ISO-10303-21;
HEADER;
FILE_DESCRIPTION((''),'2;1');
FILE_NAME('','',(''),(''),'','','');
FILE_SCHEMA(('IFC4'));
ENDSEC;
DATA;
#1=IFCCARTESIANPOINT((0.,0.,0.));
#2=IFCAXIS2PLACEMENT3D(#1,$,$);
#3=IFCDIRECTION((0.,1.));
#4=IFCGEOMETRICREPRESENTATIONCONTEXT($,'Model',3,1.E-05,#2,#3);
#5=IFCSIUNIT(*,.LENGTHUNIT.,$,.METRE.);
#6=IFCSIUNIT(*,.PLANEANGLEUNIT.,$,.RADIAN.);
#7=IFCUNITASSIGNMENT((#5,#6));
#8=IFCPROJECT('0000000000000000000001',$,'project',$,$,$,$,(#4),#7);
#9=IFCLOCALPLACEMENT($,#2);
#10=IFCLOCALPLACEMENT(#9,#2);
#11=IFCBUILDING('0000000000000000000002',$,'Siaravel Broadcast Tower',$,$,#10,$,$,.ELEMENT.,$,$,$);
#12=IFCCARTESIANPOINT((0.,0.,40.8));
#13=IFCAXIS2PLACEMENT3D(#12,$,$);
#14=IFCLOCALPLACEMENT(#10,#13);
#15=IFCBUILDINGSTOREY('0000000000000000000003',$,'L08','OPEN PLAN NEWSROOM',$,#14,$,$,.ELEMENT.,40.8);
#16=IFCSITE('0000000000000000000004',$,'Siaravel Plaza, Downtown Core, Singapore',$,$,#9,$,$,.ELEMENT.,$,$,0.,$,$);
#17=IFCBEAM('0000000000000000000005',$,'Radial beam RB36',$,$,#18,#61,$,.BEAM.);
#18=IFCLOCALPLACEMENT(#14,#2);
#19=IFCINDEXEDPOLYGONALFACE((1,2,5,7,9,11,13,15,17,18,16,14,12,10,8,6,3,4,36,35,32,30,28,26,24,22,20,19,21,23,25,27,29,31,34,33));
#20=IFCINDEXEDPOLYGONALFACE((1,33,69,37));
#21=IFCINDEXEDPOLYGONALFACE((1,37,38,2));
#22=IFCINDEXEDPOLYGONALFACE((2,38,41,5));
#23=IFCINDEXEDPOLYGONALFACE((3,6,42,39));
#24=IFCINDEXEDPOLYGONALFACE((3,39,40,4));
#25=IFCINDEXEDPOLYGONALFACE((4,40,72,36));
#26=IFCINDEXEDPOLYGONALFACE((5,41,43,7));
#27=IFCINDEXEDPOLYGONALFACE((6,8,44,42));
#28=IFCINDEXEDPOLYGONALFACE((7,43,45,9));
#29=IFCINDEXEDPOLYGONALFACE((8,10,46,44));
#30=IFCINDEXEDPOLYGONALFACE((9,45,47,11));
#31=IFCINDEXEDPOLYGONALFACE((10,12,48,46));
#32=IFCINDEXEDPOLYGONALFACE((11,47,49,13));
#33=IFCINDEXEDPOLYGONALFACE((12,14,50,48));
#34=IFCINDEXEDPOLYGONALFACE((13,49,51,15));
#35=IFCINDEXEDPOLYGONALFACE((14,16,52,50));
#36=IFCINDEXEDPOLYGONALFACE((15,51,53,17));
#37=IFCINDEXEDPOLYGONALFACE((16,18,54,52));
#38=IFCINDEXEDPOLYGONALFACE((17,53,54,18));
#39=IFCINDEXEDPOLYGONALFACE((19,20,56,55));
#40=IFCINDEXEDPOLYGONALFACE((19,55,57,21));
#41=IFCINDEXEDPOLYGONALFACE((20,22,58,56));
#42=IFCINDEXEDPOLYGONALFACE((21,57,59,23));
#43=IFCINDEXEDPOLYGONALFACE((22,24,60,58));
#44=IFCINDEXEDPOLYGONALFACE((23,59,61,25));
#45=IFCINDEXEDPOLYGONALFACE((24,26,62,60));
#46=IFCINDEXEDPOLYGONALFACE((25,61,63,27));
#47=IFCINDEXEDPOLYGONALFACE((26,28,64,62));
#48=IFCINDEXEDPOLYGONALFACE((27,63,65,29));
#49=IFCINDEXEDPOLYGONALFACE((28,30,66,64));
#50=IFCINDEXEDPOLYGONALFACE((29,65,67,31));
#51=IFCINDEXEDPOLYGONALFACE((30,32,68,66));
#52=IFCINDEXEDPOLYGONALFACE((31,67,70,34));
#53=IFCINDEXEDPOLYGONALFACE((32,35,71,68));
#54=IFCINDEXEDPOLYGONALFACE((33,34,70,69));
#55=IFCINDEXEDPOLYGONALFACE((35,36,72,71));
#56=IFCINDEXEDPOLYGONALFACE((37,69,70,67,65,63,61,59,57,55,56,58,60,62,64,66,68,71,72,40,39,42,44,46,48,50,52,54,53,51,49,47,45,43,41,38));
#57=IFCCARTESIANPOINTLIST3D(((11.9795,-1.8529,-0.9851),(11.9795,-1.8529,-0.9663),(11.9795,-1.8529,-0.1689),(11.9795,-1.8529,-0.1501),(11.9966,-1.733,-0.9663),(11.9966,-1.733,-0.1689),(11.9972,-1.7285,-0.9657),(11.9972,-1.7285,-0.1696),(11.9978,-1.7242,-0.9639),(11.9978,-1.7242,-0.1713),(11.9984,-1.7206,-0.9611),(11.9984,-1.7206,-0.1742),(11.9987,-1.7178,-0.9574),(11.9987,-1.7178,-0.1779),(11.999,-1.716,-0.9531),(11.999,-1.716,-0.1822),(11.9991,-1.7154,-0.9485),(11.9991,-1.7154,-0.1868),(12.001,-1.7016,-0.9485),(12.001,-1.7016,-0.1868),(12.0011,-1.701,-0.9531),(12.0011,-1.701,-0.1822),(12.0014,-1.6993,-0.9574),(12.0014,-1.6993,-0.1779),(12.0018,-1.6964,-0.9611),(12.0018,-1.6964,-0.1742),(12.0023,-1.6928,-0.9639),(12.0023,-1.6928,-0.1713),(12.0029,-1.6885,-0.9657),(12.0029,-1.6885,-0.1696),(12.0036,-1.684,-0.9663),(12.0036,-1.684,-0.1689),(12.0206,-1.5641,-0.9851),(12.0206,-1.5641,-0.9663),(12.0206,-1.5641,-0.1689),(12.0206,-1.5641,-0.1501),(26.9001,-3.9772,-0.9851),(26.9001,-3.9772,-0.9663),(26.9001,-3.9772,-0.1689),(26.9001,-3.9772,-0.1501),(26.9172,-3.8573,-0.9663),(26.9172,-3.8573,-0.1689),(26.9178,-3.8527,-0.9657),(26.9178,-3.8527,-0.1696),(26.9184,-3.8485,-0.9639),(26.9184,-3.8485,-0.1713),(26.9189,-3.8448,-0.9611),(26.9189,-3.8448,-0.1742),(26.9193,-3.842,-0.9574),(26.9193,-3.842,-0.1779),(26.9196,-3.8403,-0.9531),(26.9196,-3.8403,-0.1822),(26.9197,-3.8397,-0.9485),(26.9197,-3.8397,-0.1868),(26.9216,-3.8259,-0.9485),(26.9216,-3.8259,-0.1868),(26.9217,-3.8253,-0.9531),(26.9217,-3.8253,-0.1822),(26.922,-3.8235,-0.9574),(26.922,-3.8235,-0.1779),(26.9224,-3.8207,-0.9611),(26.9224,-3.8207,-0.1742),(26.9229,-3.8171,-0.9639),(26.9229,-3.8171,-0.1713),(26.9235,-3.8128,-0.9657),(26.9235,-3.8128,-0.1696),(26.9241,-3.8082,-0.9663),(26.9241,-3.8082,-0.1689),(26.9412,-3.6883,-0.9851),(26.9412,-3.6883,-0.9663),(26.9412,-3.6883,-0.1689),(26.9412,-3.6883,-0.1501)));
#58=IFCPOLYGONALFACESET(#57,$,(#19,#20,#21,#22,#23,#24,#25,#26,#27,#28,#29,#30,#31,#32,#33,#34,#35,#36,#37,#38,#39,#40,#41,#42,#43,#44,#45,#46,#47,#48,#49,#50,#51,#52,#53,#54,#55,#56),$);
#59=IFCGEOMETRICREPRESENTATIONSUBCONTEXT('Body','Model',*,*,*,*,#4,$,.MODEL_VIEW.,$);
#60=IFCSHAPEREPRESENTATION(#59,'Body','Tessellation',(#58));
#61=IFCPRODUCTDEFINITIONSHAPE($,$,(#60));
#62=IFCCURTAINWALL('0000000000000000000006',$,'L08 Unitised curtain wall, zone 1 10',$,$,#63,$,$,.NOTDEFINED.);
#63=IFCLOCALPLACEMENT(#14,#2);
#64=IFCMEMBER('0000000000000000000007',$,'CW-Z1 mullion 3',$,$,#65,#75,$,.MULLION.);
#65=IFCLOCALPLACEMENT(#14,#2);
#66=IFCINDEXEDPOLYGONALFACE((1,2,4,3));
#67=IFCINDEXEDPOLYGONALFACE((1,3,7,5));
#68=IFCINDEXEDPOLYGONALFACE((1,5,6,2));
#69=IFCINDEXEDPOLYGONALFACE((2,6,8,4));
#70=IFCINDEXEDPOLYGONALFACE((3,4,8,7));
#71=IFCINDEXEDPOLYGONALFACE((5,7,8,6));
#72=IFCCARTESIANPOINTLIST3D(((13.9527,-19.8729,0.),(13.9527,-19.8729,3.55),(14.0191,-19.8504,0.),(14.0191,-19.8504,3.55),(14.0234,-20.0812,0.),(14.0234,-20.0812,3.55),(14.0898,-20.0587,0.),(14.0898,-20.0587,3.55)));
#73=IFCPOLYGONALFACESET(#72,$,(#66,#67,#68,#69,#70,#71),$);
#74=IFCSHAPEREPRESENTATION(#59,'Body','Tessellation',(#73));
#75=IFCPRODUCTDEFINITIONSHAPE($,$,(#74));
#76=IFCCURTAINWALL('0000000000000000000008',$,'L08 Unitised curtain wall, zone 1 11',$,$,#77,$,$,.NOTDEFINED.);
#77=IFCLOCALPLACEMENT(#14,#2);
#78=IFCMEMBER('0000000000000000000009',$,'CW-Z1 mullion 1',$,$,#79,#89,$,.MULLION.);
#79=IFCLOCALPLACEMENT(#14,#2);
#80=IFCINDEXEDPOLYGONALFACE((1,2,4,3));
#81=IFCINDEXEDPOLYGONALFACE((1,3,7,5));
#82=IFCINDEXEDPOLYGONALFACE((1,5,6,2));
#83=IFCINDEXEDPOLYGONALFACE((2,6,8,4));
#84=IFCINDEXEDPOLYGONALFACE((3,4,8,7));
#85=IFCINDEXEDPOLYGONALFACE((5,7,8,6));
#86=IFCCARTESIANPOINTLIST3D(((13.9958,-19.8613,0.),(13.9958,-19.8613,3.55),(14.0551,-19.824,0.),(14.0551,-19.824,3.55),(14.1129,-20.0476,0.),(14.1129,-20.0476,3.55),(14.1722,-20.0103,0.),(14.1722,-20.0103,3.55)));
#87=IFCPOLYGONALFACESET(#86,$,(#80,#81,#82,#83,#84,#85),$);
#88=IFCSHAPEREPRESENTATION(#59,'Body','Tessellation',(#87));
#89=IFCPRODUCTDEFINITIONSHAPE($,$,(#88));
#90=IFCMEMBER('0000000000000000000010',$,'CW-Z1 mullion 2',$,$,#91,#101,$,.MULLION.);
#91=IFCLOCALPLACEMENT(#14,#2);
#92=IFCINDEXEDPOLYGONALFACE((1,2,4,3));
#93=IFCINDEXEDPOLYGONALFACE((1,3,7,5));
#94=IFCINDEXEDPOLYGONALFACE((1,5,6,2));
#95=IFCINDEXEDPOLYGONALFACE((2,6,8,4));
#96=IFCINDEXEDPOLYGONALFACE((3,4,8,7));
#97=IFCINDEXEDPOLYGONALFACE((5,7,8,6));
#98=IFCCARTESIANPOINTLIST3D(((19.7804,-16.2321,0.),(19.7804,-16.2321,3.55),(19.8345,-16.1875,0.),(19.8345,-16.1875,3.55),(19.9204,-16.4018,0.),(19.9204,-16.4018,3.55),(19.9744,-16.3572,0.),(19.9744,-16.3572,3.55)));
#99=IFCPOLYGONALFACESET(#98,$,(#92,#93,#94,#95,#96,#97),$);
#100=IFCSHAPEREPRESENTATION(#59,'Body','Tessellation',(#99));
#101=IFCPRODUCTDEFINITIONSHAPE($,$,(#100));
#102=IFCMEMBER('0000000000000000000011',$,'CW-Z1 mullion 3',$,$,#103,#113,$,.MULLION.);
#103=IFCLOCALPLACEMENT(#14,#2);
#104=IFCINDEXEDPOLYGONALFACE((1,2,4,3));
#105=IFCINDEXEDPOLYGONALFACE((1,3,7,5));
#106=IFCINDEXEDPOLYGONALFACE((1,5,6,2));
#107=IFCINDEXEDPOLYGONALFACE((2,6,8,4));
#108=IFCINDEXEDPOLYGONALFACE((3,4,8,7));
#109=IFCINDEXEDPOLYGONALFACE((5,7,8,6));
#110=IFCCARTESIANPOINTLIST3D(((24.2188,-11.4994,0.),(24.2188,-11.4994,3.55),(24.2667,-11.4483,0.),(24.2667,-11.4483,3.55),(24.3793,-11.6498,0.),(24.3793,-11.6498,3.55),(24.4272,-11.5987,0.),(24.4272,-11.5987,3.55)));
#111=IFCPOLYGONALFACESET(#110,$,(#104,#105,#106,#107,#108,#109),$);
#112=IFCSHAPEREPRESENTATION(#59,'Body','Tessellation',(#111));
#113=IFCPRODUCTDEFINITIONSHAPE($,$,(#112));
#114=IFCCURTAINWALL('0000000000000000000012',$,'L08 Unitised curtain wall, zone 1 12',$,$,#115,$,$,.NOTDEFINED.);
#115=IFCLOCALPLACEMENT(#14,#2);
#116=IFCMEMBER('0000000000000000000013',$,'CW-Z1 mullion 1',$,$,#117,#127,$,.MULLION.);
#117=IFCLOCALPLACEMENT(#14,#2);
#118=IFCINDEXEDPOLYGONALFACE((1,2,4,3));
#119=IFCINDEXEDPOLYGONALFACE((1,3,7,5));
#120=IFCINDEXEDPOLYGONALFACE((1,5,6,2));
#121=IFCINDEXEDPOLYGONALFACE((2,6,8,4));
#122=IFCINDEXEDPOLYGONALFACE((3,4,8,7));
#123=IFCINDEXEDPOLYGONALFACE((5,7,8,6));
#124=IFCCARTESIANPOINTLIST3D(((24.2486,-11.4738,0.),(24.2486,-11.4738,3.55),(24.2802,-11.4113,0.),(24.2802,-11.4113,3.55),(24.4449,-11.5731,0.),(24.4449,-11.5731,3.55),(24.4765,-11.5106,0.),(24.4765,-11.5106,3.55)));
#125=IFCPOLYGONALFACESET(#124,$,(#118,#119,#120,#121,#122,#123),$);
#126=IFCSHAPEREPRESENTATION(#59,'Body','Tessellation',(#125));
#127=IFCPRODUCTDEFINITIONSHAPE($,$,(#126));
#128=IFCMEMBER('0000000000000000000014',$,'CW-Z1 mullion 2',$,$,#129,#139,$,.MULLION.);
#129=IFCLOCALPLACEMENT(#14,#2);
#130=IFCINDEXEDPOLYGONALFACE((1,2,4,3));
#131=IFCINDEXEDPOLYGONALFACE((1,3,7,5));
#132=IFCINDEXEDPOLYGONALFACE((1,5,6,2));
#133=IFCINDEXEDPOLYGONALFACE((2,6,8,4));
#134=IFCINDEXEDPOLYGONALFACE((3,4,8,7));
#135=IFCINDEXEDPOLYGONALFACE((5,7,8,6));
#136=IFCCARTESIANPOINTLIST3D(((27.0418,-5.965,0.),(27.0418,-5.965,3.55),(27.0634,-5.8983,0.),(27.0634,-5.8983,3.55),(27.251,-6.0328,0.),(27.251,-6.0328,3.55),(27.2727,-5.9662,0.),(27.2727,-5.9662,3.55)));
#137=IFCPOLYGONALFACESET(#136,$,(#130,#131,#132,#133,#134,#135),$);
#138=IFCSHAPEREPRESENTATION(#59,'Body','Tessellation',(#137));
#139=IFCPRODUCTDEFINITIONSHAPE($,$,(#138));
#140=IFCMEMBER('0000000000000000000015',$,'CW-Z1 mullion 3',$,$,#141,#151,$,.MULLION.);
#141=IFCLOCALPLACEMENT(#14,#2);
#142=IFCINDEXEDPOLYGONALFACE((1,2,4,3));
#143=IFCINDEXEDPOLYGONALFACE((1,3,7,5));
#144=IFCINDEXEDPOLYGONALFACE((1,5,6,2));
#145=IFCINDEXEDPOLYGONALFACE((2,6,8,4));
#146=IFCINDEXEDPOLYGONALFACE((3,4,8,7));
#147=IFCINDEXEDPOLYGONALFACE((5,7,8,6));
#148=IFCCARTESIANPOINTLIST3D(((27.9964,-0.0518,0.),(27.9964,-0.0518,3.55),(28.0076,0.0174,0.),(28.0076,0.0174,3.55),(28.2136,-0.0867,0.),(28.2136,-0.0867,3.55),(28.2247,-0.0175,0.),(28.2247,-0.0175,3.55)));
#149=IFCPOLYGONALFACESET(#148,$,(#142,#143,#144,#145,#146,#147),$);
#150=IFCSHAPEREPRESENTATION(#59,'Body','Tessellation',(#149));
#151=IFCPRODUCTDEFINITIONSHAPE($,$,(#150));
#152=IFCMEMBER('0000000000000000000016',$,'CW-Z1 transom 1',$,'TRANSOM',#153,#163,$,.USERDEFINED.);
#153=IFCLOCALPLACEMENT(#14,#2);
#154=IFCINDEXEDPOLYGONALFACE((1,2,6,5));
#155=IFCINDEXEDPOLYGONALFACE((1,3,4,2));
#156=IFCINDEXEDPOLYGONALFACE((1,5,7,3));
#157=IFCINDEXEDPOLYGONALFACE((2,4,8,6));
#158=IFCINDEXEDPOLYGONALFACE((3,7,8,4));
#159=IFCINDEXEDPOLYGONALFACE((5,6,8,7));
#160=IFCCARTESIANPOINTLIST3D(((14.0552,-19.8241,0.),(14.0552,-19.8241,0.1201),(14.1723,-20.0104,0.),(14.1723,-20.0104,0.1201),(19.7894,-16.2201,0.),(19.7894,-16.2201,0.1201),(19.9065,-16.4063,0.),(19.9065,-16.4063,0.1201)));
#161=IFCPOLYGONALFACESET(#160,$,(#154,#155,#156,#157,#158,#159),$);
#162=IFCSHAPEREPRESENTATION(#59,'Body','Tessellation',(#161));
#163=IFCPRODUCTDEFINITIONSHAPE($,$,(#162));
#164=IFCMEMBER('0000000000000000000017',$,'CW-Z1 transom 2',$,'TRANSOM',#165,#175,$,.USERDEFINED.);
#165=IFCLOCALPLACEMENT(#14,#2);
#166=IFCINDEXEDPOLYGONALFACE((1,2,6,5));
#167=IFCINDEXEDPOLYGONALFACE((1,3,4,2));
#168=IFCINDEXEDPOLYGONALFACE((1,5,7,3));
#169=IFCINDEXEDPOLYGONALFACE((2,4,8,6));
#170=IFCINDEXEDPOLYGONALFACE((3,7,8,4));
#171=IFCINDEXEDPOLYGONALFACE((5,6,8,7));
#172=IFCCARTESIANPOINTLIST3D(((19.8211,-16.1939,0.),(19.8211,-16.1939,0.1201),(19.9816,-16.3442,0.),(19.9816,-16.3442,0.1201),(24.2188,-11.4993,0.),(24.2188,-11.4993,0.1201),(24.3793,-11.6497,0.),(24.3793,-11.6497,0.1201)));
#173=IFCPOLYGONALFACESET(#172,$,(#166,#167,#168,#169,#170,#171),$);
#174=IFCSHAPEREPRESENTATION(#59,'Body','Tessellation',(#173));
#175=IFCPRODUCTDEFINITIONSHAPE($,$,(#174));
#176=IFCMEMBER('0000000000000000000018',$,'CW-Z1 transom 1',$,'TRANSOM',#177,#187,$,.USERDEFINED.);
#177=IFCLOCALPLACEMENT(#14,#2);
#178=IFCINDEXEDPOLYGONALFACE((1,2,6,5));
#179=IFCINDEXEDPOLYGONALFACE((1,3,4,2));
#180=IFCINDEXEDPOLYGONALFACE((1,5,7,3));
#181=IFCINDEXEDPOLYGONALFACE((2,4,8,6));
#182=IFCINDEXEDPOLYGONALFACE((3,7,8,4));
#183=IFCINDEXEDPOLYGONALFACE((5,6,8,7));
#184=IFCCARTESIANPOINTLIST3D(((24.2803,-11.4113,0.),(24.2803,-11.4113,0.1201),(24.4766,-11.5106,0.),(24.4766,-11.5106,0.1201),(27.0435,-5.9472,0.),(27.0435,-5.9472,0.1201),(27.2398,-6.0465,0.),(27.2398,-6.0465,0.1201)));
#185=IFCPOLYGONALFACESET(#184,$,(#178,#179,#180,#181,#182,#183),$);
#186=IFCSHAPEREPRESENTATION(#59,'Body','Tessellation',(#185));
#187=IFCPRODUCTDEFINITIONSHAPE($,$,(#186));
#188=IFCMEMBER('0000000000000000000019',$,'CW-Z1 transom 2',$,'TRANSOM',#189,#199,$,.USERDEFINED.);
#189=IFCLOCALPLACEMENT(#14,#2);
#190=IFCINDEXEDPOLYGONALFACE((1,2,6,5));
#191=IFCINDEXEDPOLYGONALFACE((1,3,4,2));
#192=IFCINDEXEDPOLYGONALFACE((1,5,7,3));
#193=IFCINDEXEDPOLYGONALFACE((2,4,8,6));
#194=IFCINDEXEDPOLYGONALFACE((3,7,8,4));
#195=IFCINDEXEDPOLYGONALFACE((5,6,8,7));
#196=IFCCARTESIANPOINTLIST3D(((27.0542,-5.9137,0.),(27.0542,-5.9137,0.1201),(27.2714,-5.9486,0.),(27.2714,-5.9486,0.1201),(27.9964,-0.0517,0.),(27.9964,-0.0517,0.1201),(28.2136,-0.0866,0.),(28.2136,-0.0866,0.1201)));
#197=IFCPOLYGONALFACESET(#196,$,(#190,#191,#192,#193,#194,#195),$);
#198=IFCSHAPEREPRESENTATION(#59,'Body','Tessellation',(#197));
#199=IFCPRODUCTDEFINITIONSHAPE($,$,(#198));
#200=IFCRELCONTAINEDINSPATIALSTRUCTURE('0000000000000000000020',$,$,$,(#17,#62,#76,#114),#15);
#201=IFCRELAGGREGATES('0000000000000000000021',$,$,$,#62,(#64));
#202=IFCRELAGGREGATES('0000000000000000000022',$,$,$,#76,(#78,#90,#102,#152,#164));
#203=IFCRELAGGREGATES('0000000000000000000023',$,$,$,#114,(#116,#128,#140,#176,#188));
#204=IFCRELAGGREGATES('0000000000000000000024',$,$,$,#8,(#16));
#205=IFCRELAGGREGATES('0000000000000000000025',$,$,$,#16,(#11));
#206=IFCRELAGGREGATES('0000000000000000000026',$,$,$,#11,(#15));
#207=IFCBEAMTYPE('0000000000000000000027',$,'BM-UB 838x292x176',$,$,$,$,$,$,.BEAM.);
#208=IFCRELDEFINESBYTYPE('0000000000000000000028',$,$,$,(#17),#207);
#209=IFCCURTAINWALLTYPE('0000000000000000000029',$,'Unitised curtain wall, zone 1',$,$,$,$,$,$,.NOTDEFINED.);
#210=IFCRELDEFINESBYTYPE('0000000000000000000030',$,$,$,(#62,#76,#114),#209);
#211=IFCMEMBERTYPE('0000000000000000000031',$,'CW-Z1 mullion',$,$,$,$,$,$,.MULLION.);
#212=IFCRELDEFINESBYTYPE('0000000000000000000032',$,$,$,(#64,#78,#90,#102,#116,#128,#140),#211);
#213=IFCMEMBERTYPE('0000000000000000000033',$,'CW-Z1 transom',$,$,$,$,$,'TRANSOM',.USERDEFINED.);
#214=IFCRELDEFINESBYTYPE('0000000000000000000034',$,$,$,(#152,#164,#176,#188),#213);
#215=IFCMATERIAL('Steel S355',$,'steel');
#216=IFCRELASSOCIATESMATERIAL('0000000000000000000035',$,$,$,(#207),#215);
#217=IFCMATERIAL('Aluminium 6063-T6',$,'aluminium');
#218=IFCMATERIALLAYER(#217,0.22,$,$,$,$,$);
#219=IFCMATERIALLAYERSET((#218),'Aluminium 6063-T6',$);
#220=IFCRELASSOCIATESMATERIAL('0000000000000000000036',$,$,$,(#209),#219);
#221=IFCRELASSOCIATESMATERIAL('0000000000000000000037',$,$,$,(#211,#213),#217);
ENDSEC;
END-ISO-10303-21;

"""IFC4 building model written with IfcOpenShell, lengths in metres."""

from ifc_helpers import new_model, si_unit, direction, frame, origin, origin_2d, place, context, subcontext, project, spatial, rectangle, i_section, extrude, material, layer, layer_set, material_profile, profile_set, type_object, element, aggregate, save


model = new_model("IFC4")

# Units and contexts
model_context = context("Model", 3, precision=1e-05, world=origin(), true_north=direction((0.0, 1.0)))
body_context = subcontext(model_context, "Body", "Model", "MODEL_VIEW")
ifc_project = project(units=[si_unit("LENGTHUNIT", "METRE"), si_unit("PLANEANGLEUNIT", "RADIAN")], contexts=[model_context])

# Site, building, storey
site_placement = place(None, origin())
site = spatial("IfcSite", under=ifc_project, at=site_placement, Name="Siaravel Plaza, Downtown Core, Singapore", CompositionType="ELEMENT", RefElevation=0.0)
building_placement = place(site_placement, origin())
building = spatial("IfcBuilding", under=site, at=building_placement, Name="Siaravel Broadcast Tower", CompositionType="ELEMENT")
storey_placement = place(building_placement, frame((0.0, 0.0, 40.8)))
storey = spatial("IfcBuildingStorey", under=building, at=storey_placement, Name="L08", Description="OPEN PLAN NEWSROOM", CompositionType="ELEMENT", Elevation=40.8)

# Beam
ifc_material_1 = material(Name="Steel S355", Category="steel")
ifc_material_profile_1 = material_profile(ifc_material_1, i_section(OverallWidth=0.2917, OverallDepth=0.835, WebThickness=0.0139, FlangeThickness=0.0188, FilletRadius=0.0178, at=origin_2d()))
ifc_profile_set_1 = profile_set([ifc_material_profile_1], Name="Steel S355")
beam_type = type_object("IfcBeamType", Name="BM-UB 838x292x176", PredefinedType="BEAM", material=ifc_profile_set_1)
beam_1_placement = place(storey_placement, frame((26.9207, -3.8328, -0.5676), z_axis=(-0.990017, 0.14095, 0.0), x_axis=(-0.14095, -0.990017, 0.0)))
element("IfcBeam", 1, at=beam_1_placement, inside=storey, type_object=beam_type, Name="Radial beam RB36", PredefinedType="BEAM", context=body_context, shape_type="SweptSolid", body=[
    extrude(i_section(OverallWidth=0.2917, OverallDepth=0.835, WebThickness=0.0139, FlangeThickness=0.0188, FilletRadius=0.0178, at=origin_2d()), origin(), (0.0, 0.0, 1.0), 15.071),
])

# Curtain wall, member
ifc_material_2 = material(Name="Aluminium 6063-T6", Category="aluminium")
ifc_layer_1 = layer(ifc_material_2, 0.22)
ifc_layer_set_1 = layer_set([ifc_layer_1], Name="Aluminium 6063-T6")
curtain_wall_type = type_object("IfcCurtainWallType", Name="Unitised curtain wall, zone 1", PredefinedType="NOTDEFINED", material=ifc_layer_set_1)
curtain_wall_1_placement = place(storey_placement, origin())
curtain_wall_1 = element("IfcCurtainWall", 2, at=curtain_wall_1_placement, inside=storey, type_object=curtain_wall_type, Name="L08 Unitised curtain wall, zone 1 10", PredefinedType="NOTDEFINED")
ifc_material_profile_2 = material_profile(ifc_material_2, rectangle(XDim=0.22, YDim=0.0701, at=origin_2d()))
ifc_profile_set_2 = profile_set([ifc_material_profile_2], Name="Aluminium 6063-T6")
member_type_1 = type_object("IfcMemberType", Name="CW-Z1 mullion", PredefinedType="MULLION", material=ifc_profile_set_2)
member_1_placement = place(storey_placement, frame((14.0212, -19.9658, 0.0), z_axis=(0.0, 0.0, 1.0), x_axis=(-0.321301, 0.946977, 0.0)))
member_1 = element("IfcMember", 3, at=member_1_placement, type_object=member_type_1, Name="CW-Z1 mullion 3", PredefinedType="MULLION", context=body_context, shape_type="SweptSolid", body=[
    extrude(rectangle(XDim=0.22, YDim=0.0701, at=origin_2d()), origin(), (0.0, 0.0, 1.0), 3.55),
])
aggregate(curtain_wall_1, [member_1])

# Curtain walls, members
curtain_wall_2_placement = place(storey_placement, origin())
curtain_wall_2 = element("IfcCurtainWall", 4, at=curtain_wall_2_placement, inside=storey, type_object=curtain_wall_type, Name="L08 Unitised curtain wall, zone 1 11", PredefinedType="NOTDEFINED")
member_2_placement = place(storey_placement, frame((14.084, -19.9358, 0.0), z_axis=(0.0, 0.0, 1.0), x_axis=(-0.532149, 0.846651, 0.0)))
member_2 = element("IfcMember", 5, at=member_2_placement, type_object=member_type_1, Name="CW-Z1 mullion 1", PredefinedType="MULLION", context=body_context, shape_type="SweptSolid", body=[
    extrude(rectangle(XDim=0.22, YDim=0.0701, at=origin_2d()), origin(), (0.0, 0.0, 1.0), 3.55),
])
member_3_placement = place(storey_placement, frame((19.8774, -16.2947, 0.0), z_axis=(0.0, 0.0, 1.0), x_axis=(-0.636218, 0.771509, 0.0)))
member_3 = element("IfcMember", 6, at=member_3_placement, type_object=member_type_1, Name="CW-Z1 mullion 2", PredefinedType="MULLION", context=body_context, shape_type="SweptSolid", body=[
    extrude(rectangle(XDim=0.22, YDim=0.0701, at=origin_2d()), origin(), (0.0, 0.0, 1.0), 3.55),
])
member_4_placement = place(storey_placement, frame((24.323, -11.5491, 0.0), z_axis=(0.0, 0.0, 1.0), x_axis=(-0.729805, 0.683655, 0.0)))
member_4 = element("IfcMember", 7, at=member_4_placement, type_object=member_type_1, Name="CW-Z1 mullion 3", PredefinedType="MULLION", context=body_context, shape_type="SweptSolid", body=[
    extrude(rectangle(XDim=0.22, YDim=0.0701, at=origin_2d()), origin(), (0.0, 0.0, 1.0), 3.55),
])
curtain_wall_3_placement = place(storey_placement, origin())
curtain_wall_3 = element("IfcCurtainWall", 8, at=curtain_wall_3_placement, inside=storey, type_object=curtain_wall_type, Name="L08 Unitised curtain wall, zone 1 12", PredefinedType="NOTDEFINED")
member_5_placement = place(storey_placement, frame((24.3625, -11.4922, 0.0), z_axis=(0.0, 0.0, 1.0), x_axis=(-0.892392, 0.451261, 0.0)))
member_5 = element("IfcMember", 9, at=member_5_placement, type_object=member_type_1, Name="CW-Z1 mullion 1", PredefinedType="MULLION", context=body_context, shape_type="SweptSolid", body=[
    extrude(rectangle(XDim=0.22, YDim=0.0701, at=origin_2d()), origin(), (0.0, 0.0, 1.0), 3.55),
])
member_6_placement = place(storey_placement, frame((27.1572, -5.9656, 0.0), z_axis=(0.0, 0.0, 1.0), x_axis=(-0.951177, 0.308646, 0.0)))
member_6 = element("IfcMember", 10, at=member_6_placement, type_object=member_type_1, Name="CW-Z1 mullion 2", PredefinedType="MULLION", context=body_context, shape_type="SweptSolid", body=[
    extrude(rectangle(XDim=0.22, YDim=0.0701, at=origin_2d()), origin(), (0.0, 0.0, 1.0), 3.55),
])
member_7_placement = place(storey_placement, frame((28.1106, -0.0347, 0.0), z_axis=(0.0, 0.0, 1.0), x_axis=(-0.987329, 0.158686, 0.0)))
member_7 = element("IfcMember", 11, at=member_7_placement, type_object=member_type_1, Name="CW-Z1 mullion 3", PredefinedType="MULLION", context=body_context, shape_type="SweptSolid", body=[
    extrude(rectangle(XDim=0.22, YDim=0.0701, at=origin_2d()), origin(), (0.0, 0.0, 1.0), 3.55),
])

# Members
ifc_material_profile_3 = material_profile(ifc_material_2, rectangle(XDim=0.22, YDim=0.1201, at=origin_2d()))
ifc_profile_set_3 = profile_set([ifc_material_profile_3], Name="Aluminium 6063-T6")
member_type_2 = type_object("IfcMemberType", Name="CW-Z1 transom", ElementType="TRANSOM", PredefinedType="USERDEFINED", material=ifc_profile_set_3)
member_8_placement = place(storey_placement, frame((14.1138, -19.9172, 0.0601), z_axis=(0.846657, 0.532139, 0.0), x_axis=(-0.532139, 0.846657, 0.0)))
member_8 = element("IfcMember", 12, at=member_8_placement, type_object=member_type_2, Name="CW-Z1 transom 1", ObjectType="TRANSOM", PredefinedType="USERDEFINED", context=body_context, shape_type="SweptSolid", body=[
    extrude(rectangle(XDim=0.22, YDim=0.1201, at=origin_2d()), origin(), (0.0, 0.0, 1.0), 6.7727),
])
member_9_placement = place(storey_placement, frame((19.9014, -16.269, 0.0601), z_axis=(0.683654, 0.729806, 0.0), x_axis=(-0.729806, 0.683654, 0.0)))
member_9 = element("IfcMember", 13, at=member_9_placement, type_object=member_type_2, Name="CW-Z1 transom 2", ObjectType="TRANSOM", PredefinedType="USERDEFINED", context=body_context, shape_type="SweptSolid", body=[
    extrude(rectangle(XDim=0.22, YDim=0.1201, at=origin_2d()), origin(), (0.0, 0.0, 1.0), 6.4326),
])
member_10_placement = place(storey_placement, frame((24.3784, -11.4609, 0.0601), z_axis=(0.451276, 0.892384, 0.0), x_axis=(-0.892384, 0.451276, 0.0)))
member_10 = element("IfcMember", 14, at=member_10_placement, type_object=member_type_2, Name="CW-Z1 transom 1", ObjectType="TRANSOM", PredefinedType="USERDEFINED", context=body_context, shape_type="SweptSolid", body=[
    extrude(rectangle(XDim=0.22, YDim=0.1201, at=origin_2d()), origin(), (0.0, 0.0, 1.0), 6.123),
])
member_11_placement = place(storey_placement, frame((27.1628, -5.9312, 0.0601), z_axis=(0.158682, 0.98733, 0.0), x_axis=(-0.98733, 0.158682, 0.0)))
member_11 = element("IfcMember", 15, at=member_11_placement, type_object=member_type_2, Name="CW-Z1 transom 2", ObjectType="TRANSOM", PredefinedType="USERDEFINED", context=body_context, shape_type="SweptSolid", body=[
    extrude(rectangle(XDim=0.22, YDim=0.1201, at=origin_2d()), origin(), (0.0, 0.0, 1.0), 5.9373),
])

aggregate(curtain_wall_2, [member_2, member_3, member_4, member_8, member_9])
aggregate(curtain_wall_3, [member_5, member_6, member_7, member_10, member_11])

save(model, "model.ifc")
